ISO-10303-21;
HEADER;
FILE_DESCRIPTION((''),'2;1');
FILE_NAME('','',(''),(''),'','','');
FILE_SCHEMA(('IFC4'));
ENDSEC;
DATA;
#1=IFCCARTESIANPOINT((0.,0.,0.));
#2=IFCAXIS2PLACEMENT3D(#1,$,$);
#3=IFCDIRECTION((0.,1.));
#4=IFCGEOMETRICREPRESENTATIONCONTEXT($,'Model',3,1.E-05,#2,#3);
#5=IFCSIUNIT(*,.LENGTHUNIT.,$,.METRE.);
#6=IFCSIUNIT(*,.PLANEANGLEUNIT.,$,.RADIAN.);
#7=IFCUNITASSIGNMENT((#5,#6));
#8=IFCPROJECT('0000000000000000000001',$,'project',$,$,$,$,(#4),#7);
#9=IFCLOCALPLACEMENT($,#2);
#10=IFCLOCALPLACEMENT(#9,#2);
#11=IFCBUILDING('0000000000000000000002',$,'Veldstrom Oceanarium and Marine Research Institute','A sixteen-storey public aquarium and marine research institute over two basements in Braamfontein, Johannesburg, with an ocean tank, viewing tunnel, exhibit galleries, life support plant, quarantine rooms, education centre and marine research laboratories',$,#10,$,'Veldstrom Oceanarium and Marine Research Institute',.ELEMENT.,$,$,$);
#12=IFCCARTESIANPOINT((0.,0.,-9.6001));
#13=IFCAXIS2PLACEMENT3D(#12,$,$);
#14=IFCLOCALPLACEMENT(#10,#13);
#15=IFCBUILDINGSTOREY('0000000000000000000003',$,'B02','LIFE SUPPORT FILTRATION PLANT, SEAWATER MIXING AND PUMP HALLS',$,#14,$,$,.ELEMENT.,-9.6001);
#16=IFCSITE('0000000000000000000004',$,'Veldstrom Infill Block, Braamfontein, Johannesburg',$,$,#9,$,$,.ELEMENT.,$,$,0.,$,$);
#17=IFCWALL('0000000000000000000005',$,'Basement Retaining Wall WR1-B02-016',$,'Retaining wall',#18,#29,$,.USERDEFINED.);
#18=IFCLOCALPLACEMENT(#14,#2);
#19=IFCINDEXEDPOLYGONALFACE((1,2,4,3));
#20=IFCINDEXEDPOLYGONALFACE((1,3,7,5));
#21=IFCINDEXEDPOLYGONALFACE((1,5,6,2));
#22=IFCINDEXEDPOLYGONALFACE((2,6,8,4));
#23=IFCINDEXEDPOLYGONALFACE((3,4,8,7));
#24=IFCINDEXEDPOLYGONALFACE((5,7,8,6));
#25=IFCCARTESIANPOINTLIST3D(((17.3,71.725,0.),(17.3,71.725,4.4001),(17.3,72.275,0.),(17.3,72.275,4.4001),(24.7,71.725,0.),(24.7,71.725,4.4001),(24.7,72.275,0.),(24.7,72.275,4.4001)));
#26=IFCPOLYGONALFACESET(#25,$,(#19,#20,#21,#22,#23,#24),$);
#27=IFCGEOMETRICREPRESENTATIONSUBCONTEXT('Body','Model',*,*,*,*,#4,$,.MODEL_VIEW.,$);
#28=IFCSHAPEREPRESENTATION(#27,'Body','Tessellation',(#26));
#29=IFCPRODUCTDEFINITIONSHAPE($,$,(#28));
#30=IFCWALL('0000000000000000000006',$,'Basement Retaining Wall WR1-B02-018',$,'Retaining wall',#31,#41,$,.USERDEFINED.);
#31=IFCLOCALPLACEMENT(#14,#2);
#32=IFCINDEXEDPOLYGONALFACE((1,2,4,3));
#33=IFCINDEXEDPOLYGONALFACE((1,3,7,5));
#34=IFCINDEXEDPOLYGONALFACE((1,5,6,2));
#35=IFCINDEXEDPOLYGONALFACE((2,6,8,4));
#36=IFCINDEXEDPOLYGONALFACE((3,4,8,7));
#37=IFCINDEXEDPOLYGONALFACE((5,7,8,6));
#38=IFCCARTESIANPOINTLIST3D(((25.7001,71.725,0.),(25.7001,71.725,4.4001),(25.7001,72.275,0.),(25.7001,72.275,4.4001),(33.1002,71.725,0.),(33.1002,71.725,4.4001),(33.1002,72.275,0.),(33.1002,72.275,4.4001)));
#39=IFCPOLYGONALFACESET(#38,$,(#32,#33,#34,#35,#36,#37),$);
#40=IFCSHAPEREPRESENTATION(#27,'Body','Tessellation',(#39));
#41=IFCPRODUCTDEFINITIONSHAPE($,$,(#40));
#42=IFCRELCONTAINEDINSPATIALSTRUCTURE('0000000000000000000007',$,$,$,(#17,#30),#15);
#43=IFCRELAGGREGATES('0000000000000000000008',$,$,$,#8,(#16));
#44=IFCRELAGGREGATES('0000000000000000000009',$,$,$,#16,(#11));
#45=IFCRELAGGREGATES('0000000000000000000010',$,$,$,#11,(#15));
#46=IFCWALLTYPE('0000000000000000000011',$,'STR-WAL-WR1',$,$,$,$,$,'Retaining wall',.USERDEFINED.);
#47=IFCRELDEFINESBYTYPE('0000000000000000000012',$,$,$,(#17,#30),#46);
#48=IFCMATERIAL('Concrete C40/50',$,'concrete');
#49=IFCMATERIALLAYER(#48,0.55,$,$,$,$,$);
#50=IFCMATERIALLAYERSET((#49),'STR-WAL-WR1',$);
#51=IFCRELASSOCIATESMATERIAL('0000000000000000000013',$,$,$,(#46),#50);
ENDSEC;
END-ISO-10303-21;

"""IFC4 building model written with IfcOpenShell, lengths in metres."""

from ifc_helpers import new_model, si_unit, direction, frame, frame_2d, origin, place, context, subcontext, project, spatial, rectangle, extrude, material, layer, layer_set, type_object, element, save


model = new_model("IFC4")

# Units and contexts
model_context = context("Model", 3, precision=1e-05, world=origin(), true_north=direction((0.0, 1.0)))
body_context = subcontext(model_context, "Body", "Model", "MODEL_VIEW")
ifc_project = project(units=[si_unit("LENGTHUNIT", "METRE"), si_unit("PLANEANGLEUNIT", "RADIAN")], contexts=[model_context])

# Site, building, storey
site_placement = place(None, origin())
site = spatial("IfcSite", under=ifc_project, at=site_placement, Name="Veldstrom Infill Block, Braamfontein, Johannesburg", CompositionType="ELEMENT", RefElevation=0.0)
building_placement = place(site_placement, origin())
building = spatial("IfcBuilding", under=site, at=building_placement, Name="Veldstrom Oceanarium and Marine Research Institute", Description="A sixteen-storey public aquarium and marine research institute over two basements in Braamfontein, Johannesburg, with an ocean tank, viewing tunnel, exhibit galleries, life support plant, quarantine rooms, education centre and marine research laboratories", LongName="Veldstrom Oceanarium and Marine Research Institute", CompositionType="ELEMENT")
storey_placement = place(building_placement, frame((0.0, 0.0, -9.6001)))
storey = spatial("IfcBuildingStorey", under=building, at=storey_placement, Name="B02", Description="LIFE SUPPORT FILTRATION PLANT, SEAWATER MIXING AND PUMP HALLS", CompositionType="ELEMENT", Elevation=-9.6001)

# Walls
ifc_material_1 = material(Name="Concrete C40/50", Category="concrete")
ifc_layer_1 = layer(ifc_material_1, 0.55)
ifc_layer_set_1 = layer_set([ifc_layer_1], Name="STR-WAL-WR1")
wall_type_1 = type_object("IfcWallType", Name="STR-WAL-WR1", ElementType="Retaining wall", PredefinedType="USERDEFINED", material=ifc_layer_set_1)
wall_1_placement = place(storey_placement, frame((17.3, 72.0, 0.0), z_axis=(0.0, 0.0, 1.0), x_axis=(1.0, 0.0, 0.0)))
element("IfcWall", 1, at=wall_1_placement, inside=storey, type_object=wall_type_1, Name="Basement Retaining Wall WR1-B02-016", ObjectType="Retaining wall", PredefinedType="USERDEFINED", context=body_context, shape_type="SweptSolid", body=[
    extrude(rectangle(XDim=7.3999, YDim=0.55, at=frame_2d((3.7, 0.0))), origin(), (0.0, 0.0, 1.0), 4.4001),
])
wall_2_placement = place(storey_placement, frame((25.7, 72.0, 0.0), z_axis=(0.0, 0.0, 1.0), x_axis=(1.0, 0.0, 0.0)))
element("IfcWall", 2, at=wall_2_placement, inside=storey, type_object=wall_type_1, Name="Basement Retaining Wall WR1-B02-018", ObjectType="Retaining wall", PredefinedType="USERDEFINED", context=body_context, shape_type="SweptSolid", body=[
    extrude(rectangle(XDim=7.4001, YDim=0.55, at=frame_2d((3.7002, 0.0))), origin(), (0.0, 0.0, 1.0), 4.4001),
])

save(model, "model.ifc")
